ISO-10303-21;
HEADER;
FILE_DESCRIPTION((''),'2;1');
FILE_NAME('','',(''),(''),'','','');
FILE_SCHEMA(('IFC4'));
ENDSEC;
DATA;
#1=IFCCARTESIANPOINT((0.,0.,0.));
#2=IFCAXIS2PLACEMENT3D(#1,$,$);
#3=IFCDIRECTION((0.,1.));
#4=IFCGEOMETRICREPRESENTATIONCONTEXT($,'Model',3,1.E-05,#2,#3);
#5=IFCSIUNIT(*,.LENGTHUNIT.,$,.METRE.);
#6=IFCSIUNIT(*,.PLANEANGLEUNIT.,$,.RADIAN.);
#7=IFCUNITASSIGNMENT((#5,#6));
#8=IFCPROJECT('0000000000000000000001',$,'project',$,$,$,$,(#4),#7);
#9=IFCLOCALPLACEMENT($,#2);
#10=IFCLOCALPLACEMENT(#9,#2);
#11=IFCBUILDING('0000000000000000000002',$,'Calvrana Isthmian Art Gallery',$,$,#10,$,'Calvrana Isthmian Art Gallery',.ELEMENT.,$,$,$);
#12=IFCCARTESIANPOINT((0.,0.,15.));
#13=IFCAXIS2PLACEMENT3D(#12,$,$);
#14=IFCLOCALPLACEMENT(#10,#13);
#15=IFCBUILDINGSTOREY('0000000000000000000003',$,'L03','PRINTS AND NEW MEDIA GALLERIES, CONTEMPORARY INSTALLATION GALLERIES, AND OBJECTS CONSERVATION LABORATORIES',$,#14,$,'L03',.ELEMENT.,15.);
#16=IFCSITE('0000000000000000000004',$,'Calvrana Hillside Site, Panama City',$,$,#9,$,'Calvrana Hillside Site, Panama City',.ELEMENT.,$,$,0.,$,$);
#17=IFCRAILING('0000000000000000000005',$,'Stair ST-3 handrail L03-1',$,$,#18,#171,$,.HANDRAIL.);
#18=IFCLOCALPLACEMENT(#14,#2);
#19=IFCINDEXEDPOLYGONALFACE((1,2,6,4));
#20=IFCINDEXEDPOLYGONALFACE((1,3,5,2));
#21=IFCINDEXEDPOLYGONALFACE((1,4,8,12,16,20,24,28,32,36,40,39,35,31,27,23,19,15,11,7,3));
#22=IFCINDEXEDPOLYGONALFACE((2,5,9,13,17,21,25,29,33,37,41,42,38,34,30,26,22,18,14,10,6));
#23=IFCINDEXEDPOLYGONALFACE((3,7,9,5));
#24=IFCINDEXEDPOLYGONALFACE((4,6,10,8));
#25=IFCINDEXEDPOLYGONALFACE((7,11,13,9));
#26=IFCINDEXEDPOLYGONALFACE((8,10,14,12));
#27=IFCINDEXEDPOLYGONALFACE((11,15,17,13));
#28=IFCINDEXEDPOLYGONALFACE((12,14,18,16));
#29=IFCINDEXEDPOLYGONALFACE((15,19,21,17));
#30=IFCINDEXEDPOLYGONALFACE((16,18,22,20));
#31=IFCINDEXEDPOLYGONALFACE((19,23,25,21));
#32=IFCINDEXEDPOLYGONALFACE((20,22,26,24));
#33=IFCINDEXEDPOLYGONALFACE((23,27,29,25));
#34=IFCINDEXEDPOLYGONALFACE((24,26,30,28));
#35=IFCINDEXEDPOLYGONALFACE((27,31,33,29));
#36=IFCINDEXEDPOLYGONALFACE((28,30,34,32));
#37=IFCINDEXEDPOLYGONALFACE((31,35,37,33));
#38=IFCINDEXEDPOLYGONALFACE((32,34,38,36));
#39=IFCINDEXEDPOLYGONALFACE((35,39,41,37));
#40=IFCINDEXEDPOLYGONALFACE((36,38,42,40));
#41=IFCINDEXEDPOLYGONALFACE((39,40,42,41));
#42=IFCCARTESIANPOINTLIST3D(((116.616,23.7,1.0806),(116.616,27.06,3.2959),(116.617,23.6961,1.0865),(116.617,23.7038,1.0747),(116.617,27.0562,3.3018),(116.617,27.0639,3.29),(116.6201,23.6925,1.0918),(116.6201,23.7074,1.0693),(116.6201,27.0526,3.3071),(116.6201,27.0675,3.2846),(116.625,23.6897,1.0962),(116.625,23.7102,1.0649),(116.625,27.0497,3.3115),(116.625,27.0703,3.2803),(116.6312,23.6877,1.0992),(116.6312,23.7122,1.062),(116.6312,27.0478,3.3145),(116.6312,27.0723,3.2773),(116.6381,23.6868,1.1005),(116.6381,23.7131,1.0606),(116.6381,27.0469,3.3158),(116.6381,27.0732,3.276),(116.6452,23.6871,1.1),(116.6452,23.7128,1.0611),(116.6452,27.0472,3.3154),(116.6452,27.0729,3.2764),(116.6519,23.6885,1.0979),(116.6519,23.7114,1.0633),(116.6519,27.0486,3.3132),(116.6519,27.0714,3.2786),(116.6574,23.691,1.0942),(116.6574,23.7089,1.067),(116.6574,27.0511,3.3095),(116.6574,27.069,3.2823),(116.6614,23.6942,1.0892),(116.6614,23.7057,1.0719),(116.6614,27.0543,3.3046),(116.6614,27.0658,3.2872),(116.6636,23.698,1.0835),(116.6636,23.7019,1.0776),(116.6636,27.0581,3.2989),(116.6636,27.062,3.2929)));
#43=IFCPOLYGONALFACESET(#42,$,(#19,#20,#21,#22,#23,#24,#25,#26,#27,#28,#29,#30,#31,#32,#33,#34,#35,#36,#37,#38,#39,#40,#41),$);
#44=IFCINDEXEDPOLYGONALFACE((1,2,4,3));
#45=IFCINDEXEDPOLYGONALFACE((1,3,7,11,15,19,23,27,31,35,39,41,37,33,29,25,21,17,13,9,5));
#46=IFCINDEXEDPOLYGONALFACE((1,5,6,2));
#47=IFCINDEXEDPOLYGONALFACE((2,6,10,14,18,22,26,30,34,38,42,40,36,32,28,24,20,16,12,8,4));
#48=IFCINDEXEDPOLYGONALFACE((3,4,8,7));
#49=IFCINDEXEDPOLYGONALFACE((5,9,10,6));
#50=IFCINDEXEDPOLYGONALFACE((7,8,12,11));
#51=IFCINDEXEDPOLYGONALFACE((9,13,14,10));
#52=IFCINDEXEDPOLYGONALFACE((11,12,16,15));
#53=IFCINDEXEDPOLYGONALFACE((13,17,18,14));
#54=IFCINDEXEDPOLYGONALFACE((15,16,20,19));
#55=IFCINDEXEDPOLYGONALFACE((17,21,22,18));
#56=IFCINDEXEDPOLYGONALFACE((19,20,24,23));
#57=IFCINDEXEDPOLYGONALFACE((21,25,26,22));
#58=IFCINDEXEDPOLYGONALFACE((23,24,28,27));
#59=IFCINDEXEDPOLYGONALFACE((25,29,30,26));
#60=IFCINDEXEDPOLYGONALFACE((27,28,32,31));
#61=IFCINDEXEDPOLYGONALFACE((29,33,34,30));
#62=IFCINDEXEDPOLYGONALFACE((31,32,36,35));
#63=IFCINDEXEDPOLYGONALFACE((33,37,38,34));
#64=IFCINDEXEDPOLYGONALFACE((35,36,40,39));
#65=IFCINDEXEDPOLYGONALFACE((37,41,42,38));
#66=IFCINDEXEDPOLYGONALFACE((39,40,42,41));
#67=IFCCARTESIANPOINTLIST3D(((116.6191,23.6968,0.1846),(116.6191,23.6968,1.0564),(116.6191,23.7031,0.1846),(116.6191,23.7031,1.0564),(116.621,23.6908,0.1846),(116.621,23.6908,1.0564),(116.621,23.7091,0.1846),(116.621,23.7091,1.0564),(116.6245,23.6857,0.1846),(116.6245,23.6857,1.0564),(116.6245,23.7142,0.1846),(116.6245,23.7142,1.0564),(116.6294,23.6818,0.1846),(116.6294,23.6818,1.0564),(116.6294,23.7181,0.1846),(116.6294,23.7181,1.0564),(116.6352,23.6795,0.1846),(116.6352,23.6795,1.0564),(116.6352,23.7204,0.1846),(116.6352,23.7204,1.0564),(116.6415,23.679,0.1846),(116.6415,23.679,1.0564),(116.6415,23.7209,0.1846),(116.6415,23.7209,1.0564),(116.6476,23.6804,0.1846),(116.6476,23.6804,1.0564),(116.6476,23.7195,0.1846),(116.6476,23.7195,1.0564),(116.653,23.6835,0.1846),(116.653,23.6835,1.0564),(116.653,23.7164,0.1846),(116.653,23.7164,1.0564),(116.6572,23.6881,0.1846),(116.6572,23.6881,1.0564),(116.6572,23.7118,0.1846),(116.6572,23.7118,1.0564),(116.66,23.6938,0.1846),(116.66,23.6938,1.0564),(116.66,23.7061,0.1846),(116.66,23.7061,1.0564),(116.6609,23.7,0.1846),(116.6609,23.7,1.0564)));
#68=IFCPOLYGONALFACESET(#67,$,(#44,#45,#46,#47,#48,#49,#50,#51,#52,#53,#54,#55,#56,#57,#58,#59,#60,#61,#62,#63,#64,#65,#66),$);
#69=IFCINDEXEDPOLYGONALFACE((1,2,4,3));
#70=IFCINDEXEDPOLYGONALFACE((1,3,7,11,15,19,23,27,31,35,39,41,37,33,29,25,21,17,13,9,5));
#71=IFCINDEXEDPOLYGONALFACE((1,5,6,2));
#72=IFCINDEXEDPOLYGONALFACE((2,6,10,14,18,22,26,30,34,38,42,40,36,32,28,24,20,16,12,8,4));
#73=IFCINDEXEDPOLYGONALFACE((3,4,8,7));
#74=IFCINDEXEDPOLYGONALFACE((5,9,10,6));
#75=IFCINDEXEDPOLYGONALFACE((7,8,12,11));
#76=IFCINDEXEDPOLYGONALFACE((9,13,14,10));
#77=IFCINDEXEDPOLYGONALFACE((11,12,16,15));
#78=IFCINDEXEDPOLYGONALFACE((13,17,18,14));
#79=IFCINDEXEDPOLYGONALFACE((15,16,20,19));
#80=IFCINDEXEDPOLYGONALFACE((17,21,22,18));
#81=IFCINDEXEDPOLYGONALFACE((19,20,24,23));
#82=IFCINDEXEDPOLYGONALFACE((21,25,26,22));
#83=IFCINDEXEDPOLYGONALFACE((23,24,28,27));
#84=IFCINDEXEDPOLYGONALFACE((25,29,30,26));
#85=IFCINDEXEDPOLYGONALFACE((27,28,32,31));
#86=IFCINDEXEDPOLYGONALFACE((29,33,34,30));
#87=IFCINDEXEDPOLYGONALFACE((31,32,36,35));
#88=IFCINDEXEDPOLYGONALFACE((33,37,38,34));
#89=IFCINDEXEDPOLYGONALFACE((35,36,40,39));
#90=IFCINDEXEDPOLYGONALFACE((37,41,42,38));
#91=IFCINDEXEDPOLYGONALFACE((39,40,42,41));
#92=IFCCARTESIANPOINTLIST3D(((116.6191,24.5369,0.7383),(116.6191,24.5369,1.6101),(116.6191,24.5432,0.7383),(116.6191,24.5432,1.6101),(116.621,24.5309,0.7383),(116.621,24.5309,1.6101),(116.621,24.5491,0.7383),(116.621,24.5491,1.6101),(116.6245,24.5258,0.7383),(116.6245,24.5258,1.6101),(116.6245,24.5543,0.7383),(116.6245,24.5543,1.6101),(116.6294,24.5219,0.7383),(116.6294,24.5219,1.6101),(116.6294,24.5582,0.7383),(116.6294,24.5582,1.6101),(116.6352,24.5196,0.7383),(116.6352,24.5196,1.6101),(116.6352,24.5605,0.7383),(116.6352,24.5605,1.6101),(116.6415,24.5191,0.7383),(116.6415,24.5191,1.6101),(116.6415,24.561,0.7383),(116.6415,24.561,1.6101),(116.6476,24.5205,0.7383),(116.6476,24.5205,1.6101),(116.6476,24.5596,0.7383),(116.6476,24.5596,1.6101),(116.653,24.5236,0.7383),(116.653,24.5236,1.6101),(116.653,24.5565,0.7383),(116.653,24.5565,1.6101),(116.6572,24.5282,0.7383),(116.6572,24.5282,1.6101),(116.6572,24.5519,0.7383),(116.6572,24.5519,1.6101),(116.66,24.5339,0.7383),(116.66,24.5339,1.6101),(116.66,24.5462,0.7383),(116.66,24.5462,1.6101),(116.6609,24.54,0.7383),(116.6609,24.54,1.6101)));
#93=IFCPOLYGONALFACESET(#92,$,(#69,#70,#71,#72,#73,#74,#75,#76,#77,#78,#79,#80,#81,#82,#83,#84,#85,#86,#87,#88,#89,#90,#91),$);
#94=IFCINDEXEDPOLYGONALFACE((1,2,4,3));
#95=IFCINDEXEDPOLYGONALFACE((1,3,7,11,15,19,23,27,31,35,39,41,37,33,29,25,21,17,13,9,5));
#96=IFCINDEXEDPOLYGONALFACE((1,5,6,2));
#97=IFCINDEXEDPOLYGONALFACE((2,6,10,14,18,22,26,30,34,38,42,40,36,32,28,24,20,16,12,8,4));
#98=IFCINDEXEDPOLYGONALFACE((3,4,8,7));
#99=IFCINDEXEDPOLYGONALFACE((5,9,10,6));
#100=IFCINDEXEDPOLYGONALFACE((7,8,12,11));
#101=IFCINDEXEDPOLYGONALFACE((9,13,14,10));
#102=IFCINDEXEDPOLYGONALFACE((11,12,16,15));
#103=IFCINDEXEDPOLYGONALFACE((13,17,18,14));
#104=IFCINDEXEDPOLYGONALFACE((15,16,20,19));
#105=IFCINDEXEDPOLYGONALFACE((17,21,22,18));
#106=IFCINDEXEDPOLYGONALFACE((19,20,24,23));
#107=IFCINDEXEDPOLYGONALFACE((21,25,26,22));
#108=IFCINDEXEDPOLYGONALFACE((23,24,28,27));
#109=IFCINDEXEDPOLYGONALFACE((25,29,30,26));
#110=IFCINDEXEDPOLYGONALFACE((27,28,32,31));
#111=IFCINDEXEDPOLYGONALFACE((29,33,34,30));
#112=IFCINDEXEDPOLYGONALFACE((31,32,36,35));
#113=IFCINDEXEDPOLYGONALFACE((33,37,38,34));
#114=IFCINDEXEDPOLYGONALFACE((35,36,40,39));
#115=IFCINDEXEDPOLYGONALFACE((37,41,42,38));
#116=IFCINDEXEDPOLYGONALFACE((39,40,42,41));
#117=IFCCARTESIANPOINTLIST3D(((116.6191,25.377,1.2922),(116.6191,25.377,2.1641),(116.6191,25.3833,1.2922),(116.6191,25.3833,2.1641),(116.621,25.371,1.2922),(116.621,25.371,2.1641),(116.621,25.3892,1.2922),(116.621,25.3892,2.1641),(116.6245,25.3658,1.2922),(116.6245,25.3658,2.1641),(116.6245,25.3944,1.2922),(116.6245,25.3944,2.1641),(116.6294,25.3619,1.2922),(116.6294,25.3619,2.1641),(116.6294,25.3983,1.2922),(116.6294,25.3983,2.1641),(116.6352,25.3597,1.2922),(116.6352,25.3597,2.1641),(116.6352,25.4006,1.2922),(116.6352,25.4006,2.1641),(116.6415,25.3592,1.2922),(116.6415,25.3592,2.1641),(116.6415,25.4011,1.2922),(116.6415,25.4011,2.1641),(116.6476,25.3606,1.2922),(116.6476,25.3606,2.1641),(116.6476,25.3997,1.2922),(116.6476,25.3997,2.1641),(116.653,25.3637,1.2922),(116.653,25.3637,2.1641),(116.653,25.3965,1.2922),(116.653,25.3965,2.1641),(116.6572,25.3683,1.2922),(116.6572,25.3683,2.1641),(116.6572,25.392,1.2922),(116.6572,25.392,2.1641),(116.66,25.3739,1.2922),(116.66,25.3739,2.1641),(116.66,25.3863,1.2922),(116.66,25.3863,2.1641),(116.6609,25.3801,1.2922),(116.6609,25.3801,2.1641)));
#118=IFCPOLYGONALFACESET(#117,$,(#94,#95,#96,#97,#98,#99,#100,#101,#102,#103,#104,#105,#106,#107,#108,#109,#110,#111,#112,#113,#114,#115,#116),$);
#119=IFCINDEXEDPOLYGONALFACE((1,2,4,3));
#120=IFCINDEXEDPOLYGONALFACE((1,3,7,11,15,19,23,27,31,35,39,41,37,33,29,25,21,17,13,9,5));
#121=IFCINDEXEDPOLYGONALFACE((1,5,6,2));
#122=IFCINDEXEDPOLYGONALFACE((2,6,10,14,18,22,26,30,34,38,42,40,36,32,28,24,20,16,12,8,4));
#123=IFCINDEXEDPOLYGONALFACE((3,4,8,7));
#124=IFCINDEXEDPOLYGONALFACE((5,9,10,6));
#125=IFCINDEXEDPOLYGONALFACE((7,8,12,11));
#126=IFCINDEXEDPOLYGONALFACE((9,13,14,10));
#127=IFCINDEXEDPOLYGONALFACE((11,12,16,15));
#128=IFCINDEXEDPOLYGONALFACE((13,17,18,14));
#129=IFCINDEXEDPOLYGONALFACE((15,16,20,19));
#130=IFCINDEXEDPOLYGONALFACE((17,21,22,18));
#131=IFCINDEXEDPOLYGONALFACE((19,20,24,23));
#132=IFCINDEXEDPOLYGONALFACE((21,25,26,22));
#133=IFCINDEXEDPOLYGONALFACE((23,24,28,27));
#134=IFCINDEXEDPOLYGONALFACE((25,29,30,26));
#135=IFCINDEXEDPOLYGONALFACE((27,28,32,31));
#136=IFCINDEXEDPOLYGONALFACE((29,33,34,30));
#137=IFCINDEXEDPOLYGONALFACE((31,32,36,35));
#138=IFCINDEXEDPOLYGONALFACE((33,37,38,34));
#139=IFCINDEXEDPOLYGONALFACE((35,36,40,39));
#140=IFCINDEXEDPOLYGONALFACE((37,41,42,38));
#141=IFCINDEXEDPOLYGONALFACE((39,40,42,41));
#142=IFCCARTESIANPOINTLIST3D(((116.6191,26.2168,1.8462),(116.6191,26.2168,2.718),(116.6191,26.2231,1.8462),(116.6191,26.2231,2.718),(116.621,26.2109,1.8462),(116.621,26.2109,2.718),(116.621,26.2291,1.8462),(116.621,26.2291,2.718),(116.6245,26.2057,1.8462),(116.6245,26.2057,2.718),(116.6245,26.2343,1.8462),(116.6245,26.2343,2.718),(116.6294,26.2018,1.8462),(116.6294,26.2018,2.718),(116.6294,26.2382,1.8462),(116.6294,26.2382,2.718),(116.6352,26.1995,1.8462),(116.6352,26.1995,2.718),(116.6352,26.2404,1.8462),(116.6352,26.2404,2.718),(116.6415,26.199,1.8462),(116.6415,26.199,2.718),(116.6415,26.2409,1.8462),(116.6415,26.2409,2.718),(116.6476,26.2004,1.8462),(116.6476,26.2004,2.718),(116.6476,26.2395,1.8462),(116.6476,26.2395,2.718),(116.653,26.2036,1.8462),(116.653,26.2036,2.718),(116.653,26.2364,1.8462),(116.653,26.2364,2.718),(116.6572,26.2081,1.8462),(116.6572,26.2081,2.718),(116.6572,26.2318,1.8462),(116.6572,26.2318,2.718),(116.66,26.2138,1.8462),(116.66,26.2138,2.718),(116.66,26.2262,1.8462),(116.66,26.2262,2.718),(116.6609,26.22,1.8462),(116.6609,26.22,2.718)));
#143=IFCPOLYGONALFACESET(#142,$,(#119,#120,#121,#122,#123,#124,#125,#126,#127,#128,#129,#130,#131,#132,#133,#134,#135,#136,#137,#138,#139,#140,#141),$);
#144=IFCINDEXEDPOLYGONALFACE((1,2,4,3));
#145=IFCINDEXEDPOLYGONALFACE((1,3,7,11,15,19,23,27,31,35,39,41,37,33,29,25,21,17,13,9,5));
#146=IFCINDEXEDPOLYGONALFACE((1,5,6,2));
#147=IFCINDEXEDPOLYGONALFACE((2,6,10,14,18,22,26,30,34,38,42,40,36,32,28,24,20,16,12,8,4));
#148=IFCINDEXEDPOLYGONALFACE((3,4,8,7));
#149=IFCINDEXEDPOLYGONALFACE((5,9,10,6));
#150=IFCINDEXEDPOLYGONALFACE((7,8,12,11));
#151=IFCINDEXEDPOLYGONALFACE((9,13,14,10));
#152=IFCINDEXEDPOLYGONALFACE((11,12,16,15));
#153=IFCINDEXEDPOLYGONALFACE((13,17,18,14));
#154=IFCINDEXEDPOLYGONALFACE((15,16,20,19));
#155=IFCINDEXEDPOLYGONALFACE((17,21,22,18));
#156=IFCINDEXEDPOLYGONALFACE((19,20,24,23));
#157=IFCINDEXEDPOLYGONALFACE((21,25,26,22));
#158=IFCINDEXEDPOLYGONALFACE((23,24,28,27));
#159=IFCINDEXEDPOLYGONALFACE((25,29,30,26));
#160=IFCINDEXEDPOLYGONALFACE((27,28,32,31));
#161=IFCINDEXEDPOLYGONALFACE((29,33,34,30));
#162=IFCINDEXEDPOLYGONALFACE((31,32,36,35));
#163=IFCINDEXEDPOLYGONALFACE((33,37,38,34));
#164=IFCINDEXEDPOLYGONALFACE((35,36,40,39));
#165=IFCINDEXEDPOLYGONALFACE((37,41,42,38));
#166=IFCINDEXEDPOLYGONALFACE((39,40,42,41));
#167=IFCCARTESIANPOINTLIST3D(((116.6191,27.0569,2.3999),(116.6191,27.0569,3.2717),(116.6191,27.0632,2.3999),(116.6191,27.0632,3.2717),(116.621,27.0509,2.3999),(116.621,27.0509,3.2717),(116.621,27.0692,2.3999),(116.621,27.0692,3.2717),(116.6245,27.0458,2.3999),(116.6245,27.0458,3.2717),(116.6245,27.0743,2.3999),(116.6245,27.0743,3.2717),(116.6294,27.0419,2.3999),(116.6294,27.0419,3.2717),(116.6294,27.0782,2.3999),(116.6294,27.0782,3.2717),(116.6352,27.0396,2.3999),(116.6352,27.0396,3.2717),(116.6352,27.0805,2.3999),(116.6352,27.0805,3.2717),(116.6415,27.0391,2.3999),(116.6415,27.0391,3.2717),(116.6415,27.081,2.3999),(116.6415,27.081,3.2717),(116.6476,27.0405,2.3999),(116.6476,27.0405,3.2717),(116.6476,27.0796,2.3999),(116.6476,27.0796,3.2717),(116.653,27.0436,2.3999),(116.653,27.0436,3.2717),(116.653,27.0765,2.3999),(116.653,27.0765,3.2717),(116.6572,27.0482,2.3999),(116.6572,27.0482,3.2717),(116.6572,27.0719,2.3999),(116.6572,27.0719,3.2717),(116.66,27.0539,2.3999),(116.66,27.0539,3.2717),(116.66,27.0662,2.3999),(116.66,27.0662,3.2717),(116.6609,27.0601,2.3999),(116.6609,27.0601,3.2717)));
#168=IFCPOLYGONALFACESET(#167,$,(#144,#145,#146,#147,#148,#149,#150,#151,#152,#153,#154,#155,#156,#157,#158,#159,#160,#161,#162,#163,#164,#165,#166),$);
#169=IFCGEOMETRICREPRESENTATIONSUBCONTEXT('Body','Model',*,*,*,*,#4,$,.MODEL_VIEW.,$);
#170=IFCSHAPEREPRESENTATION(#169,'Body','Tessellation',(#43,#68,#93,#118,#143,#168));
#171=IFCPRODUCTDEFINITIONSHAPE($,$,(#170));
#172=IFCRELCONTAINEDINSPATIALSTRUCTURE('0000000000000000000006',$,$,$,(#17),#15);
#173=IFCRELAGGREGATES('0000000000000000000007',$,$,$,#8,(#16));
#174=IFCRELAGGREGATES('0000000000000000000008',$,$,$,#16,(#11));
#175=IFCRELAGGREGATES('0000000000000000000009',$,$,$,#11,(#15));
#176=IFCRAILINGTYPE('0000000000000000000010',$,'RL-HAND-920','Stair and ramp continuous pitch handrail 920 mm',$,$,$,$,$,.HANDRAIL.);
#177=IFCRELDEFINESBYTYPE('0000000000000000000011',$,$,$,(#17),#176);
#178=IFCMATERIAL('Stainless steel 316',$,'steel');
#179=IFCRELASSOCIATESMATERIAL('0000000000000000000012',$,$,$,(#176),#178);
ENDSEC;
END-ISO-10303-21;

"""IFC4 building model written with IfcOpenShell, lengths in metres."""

from ifc_helpers import new_model, si_unit, direction, frame, origin, origin_2d, place, context, subcontext, project, spatial, circle, extrude, material, type_object, element, save


model = new_model("IFC4")

# Units and contexts
model_context = context("Model", 3, precision=1e-05, world=origin(), true_north=direction((0.0, 1.0)))
body_context = subcontext(model_context, "Body", "Model", "MODEL_VIEW")
ifc_project = project(units=[si_unit("LENGTHUNIT", "METRE"), si_unit("PLANEANGLEUNIT", "RADIAN")], contexts=[model_context])

# Site, building, storey
site_placement = place(None, origin())
site = spatial("IfcSite", under=ifc_project, at=site_placement, Name="Calvrana Hillside Site, Panama City", LongName="Calvrana Hillside Site, Panama City", CompositionType="ELEMENT", RefElevation=0.0)
building_placement = place(site_placement, origin())
building = spatial("IfcBuilding", under=site, at=building_placement, Name="Calvrana Isthmian Art Gallery", LongName="Calvrana Isthmian Art Gallery", CompositionType="ELEMENT")
storey_placement = place(building_placement, frame((0.0, 0.0, 15.0)))
storey = spatial("IfcBuildingStorey", under=building, at=storey_placement, Name="L03", Description="PRINTS AND NEW MEDIA GALLERIES, CONTEMPORARY INSTALLATION GALLERIES, AND OBJECTS CONSERVATION LABORATORIES", LongName="L03", CompositionType="ELEMENT", Elevation=15.0)

# Shared definitions
ifc_material_1 = material(Name="Stainless steel 316", Category="steel")

# Railing
railing_type_1 = type_object("IfcRailingType", Name="RL-HAND-920", Description="Stair and ramp continuous pitch handrail 920 mm", PredefinedType="HANDRAIL", material=ifc_material_1)
railing_1_placement = place(storey_placement, frame((116.6399, 23.7, 0.1846)))
element("IfcRailing", 1, at=railing_1_placement, inside=storey, type_object=railing_type_1, Name="Stair ST-3 handrail L03-1", PredefinedType="HANDRAIL", context=body_context, shape_type="SweptSolid", body=[
    extrude(circle(Radius=0.0239, at=origin_2d()), frame((0.0, 0.0, 0.896), z_axis=(0.0, 0.834876, 0.550437), x_axis=(-1.0, 0.0, 0.0)), (0.0, 0.0, 1.0), 4.0247),
    extrude(circle(Radius=0.021, at=origin_2d()), origin(), (0.0, 0.0, 1.0), 0.8718),
    extrude(circle(Radius=0.021, at=origin_2d()), frame((0.0, 0.8401, 0.5537)), (0.0, 0.0, 1.0), 0.8718),
    extrude(circle(Radius=0.021, at=origin_2d()), frame((0.0, 1.6802, 1.1077)), (0.0, 0.0, 1.0), 0.8718),
    extrude(circle(Radius=0.021, at=origin_2d()), frame((0.0, 2.52, 1.6616)), (0.0, 0.0, 1.0), 0.8718),
    extrude(circle(Radius=0.021, at=origin_2d()), frame((0.0, 3.3601, 2.2153)), (0.0, 0.0, 1.0), 0.8718),
])

save(model, "model.ifc")
